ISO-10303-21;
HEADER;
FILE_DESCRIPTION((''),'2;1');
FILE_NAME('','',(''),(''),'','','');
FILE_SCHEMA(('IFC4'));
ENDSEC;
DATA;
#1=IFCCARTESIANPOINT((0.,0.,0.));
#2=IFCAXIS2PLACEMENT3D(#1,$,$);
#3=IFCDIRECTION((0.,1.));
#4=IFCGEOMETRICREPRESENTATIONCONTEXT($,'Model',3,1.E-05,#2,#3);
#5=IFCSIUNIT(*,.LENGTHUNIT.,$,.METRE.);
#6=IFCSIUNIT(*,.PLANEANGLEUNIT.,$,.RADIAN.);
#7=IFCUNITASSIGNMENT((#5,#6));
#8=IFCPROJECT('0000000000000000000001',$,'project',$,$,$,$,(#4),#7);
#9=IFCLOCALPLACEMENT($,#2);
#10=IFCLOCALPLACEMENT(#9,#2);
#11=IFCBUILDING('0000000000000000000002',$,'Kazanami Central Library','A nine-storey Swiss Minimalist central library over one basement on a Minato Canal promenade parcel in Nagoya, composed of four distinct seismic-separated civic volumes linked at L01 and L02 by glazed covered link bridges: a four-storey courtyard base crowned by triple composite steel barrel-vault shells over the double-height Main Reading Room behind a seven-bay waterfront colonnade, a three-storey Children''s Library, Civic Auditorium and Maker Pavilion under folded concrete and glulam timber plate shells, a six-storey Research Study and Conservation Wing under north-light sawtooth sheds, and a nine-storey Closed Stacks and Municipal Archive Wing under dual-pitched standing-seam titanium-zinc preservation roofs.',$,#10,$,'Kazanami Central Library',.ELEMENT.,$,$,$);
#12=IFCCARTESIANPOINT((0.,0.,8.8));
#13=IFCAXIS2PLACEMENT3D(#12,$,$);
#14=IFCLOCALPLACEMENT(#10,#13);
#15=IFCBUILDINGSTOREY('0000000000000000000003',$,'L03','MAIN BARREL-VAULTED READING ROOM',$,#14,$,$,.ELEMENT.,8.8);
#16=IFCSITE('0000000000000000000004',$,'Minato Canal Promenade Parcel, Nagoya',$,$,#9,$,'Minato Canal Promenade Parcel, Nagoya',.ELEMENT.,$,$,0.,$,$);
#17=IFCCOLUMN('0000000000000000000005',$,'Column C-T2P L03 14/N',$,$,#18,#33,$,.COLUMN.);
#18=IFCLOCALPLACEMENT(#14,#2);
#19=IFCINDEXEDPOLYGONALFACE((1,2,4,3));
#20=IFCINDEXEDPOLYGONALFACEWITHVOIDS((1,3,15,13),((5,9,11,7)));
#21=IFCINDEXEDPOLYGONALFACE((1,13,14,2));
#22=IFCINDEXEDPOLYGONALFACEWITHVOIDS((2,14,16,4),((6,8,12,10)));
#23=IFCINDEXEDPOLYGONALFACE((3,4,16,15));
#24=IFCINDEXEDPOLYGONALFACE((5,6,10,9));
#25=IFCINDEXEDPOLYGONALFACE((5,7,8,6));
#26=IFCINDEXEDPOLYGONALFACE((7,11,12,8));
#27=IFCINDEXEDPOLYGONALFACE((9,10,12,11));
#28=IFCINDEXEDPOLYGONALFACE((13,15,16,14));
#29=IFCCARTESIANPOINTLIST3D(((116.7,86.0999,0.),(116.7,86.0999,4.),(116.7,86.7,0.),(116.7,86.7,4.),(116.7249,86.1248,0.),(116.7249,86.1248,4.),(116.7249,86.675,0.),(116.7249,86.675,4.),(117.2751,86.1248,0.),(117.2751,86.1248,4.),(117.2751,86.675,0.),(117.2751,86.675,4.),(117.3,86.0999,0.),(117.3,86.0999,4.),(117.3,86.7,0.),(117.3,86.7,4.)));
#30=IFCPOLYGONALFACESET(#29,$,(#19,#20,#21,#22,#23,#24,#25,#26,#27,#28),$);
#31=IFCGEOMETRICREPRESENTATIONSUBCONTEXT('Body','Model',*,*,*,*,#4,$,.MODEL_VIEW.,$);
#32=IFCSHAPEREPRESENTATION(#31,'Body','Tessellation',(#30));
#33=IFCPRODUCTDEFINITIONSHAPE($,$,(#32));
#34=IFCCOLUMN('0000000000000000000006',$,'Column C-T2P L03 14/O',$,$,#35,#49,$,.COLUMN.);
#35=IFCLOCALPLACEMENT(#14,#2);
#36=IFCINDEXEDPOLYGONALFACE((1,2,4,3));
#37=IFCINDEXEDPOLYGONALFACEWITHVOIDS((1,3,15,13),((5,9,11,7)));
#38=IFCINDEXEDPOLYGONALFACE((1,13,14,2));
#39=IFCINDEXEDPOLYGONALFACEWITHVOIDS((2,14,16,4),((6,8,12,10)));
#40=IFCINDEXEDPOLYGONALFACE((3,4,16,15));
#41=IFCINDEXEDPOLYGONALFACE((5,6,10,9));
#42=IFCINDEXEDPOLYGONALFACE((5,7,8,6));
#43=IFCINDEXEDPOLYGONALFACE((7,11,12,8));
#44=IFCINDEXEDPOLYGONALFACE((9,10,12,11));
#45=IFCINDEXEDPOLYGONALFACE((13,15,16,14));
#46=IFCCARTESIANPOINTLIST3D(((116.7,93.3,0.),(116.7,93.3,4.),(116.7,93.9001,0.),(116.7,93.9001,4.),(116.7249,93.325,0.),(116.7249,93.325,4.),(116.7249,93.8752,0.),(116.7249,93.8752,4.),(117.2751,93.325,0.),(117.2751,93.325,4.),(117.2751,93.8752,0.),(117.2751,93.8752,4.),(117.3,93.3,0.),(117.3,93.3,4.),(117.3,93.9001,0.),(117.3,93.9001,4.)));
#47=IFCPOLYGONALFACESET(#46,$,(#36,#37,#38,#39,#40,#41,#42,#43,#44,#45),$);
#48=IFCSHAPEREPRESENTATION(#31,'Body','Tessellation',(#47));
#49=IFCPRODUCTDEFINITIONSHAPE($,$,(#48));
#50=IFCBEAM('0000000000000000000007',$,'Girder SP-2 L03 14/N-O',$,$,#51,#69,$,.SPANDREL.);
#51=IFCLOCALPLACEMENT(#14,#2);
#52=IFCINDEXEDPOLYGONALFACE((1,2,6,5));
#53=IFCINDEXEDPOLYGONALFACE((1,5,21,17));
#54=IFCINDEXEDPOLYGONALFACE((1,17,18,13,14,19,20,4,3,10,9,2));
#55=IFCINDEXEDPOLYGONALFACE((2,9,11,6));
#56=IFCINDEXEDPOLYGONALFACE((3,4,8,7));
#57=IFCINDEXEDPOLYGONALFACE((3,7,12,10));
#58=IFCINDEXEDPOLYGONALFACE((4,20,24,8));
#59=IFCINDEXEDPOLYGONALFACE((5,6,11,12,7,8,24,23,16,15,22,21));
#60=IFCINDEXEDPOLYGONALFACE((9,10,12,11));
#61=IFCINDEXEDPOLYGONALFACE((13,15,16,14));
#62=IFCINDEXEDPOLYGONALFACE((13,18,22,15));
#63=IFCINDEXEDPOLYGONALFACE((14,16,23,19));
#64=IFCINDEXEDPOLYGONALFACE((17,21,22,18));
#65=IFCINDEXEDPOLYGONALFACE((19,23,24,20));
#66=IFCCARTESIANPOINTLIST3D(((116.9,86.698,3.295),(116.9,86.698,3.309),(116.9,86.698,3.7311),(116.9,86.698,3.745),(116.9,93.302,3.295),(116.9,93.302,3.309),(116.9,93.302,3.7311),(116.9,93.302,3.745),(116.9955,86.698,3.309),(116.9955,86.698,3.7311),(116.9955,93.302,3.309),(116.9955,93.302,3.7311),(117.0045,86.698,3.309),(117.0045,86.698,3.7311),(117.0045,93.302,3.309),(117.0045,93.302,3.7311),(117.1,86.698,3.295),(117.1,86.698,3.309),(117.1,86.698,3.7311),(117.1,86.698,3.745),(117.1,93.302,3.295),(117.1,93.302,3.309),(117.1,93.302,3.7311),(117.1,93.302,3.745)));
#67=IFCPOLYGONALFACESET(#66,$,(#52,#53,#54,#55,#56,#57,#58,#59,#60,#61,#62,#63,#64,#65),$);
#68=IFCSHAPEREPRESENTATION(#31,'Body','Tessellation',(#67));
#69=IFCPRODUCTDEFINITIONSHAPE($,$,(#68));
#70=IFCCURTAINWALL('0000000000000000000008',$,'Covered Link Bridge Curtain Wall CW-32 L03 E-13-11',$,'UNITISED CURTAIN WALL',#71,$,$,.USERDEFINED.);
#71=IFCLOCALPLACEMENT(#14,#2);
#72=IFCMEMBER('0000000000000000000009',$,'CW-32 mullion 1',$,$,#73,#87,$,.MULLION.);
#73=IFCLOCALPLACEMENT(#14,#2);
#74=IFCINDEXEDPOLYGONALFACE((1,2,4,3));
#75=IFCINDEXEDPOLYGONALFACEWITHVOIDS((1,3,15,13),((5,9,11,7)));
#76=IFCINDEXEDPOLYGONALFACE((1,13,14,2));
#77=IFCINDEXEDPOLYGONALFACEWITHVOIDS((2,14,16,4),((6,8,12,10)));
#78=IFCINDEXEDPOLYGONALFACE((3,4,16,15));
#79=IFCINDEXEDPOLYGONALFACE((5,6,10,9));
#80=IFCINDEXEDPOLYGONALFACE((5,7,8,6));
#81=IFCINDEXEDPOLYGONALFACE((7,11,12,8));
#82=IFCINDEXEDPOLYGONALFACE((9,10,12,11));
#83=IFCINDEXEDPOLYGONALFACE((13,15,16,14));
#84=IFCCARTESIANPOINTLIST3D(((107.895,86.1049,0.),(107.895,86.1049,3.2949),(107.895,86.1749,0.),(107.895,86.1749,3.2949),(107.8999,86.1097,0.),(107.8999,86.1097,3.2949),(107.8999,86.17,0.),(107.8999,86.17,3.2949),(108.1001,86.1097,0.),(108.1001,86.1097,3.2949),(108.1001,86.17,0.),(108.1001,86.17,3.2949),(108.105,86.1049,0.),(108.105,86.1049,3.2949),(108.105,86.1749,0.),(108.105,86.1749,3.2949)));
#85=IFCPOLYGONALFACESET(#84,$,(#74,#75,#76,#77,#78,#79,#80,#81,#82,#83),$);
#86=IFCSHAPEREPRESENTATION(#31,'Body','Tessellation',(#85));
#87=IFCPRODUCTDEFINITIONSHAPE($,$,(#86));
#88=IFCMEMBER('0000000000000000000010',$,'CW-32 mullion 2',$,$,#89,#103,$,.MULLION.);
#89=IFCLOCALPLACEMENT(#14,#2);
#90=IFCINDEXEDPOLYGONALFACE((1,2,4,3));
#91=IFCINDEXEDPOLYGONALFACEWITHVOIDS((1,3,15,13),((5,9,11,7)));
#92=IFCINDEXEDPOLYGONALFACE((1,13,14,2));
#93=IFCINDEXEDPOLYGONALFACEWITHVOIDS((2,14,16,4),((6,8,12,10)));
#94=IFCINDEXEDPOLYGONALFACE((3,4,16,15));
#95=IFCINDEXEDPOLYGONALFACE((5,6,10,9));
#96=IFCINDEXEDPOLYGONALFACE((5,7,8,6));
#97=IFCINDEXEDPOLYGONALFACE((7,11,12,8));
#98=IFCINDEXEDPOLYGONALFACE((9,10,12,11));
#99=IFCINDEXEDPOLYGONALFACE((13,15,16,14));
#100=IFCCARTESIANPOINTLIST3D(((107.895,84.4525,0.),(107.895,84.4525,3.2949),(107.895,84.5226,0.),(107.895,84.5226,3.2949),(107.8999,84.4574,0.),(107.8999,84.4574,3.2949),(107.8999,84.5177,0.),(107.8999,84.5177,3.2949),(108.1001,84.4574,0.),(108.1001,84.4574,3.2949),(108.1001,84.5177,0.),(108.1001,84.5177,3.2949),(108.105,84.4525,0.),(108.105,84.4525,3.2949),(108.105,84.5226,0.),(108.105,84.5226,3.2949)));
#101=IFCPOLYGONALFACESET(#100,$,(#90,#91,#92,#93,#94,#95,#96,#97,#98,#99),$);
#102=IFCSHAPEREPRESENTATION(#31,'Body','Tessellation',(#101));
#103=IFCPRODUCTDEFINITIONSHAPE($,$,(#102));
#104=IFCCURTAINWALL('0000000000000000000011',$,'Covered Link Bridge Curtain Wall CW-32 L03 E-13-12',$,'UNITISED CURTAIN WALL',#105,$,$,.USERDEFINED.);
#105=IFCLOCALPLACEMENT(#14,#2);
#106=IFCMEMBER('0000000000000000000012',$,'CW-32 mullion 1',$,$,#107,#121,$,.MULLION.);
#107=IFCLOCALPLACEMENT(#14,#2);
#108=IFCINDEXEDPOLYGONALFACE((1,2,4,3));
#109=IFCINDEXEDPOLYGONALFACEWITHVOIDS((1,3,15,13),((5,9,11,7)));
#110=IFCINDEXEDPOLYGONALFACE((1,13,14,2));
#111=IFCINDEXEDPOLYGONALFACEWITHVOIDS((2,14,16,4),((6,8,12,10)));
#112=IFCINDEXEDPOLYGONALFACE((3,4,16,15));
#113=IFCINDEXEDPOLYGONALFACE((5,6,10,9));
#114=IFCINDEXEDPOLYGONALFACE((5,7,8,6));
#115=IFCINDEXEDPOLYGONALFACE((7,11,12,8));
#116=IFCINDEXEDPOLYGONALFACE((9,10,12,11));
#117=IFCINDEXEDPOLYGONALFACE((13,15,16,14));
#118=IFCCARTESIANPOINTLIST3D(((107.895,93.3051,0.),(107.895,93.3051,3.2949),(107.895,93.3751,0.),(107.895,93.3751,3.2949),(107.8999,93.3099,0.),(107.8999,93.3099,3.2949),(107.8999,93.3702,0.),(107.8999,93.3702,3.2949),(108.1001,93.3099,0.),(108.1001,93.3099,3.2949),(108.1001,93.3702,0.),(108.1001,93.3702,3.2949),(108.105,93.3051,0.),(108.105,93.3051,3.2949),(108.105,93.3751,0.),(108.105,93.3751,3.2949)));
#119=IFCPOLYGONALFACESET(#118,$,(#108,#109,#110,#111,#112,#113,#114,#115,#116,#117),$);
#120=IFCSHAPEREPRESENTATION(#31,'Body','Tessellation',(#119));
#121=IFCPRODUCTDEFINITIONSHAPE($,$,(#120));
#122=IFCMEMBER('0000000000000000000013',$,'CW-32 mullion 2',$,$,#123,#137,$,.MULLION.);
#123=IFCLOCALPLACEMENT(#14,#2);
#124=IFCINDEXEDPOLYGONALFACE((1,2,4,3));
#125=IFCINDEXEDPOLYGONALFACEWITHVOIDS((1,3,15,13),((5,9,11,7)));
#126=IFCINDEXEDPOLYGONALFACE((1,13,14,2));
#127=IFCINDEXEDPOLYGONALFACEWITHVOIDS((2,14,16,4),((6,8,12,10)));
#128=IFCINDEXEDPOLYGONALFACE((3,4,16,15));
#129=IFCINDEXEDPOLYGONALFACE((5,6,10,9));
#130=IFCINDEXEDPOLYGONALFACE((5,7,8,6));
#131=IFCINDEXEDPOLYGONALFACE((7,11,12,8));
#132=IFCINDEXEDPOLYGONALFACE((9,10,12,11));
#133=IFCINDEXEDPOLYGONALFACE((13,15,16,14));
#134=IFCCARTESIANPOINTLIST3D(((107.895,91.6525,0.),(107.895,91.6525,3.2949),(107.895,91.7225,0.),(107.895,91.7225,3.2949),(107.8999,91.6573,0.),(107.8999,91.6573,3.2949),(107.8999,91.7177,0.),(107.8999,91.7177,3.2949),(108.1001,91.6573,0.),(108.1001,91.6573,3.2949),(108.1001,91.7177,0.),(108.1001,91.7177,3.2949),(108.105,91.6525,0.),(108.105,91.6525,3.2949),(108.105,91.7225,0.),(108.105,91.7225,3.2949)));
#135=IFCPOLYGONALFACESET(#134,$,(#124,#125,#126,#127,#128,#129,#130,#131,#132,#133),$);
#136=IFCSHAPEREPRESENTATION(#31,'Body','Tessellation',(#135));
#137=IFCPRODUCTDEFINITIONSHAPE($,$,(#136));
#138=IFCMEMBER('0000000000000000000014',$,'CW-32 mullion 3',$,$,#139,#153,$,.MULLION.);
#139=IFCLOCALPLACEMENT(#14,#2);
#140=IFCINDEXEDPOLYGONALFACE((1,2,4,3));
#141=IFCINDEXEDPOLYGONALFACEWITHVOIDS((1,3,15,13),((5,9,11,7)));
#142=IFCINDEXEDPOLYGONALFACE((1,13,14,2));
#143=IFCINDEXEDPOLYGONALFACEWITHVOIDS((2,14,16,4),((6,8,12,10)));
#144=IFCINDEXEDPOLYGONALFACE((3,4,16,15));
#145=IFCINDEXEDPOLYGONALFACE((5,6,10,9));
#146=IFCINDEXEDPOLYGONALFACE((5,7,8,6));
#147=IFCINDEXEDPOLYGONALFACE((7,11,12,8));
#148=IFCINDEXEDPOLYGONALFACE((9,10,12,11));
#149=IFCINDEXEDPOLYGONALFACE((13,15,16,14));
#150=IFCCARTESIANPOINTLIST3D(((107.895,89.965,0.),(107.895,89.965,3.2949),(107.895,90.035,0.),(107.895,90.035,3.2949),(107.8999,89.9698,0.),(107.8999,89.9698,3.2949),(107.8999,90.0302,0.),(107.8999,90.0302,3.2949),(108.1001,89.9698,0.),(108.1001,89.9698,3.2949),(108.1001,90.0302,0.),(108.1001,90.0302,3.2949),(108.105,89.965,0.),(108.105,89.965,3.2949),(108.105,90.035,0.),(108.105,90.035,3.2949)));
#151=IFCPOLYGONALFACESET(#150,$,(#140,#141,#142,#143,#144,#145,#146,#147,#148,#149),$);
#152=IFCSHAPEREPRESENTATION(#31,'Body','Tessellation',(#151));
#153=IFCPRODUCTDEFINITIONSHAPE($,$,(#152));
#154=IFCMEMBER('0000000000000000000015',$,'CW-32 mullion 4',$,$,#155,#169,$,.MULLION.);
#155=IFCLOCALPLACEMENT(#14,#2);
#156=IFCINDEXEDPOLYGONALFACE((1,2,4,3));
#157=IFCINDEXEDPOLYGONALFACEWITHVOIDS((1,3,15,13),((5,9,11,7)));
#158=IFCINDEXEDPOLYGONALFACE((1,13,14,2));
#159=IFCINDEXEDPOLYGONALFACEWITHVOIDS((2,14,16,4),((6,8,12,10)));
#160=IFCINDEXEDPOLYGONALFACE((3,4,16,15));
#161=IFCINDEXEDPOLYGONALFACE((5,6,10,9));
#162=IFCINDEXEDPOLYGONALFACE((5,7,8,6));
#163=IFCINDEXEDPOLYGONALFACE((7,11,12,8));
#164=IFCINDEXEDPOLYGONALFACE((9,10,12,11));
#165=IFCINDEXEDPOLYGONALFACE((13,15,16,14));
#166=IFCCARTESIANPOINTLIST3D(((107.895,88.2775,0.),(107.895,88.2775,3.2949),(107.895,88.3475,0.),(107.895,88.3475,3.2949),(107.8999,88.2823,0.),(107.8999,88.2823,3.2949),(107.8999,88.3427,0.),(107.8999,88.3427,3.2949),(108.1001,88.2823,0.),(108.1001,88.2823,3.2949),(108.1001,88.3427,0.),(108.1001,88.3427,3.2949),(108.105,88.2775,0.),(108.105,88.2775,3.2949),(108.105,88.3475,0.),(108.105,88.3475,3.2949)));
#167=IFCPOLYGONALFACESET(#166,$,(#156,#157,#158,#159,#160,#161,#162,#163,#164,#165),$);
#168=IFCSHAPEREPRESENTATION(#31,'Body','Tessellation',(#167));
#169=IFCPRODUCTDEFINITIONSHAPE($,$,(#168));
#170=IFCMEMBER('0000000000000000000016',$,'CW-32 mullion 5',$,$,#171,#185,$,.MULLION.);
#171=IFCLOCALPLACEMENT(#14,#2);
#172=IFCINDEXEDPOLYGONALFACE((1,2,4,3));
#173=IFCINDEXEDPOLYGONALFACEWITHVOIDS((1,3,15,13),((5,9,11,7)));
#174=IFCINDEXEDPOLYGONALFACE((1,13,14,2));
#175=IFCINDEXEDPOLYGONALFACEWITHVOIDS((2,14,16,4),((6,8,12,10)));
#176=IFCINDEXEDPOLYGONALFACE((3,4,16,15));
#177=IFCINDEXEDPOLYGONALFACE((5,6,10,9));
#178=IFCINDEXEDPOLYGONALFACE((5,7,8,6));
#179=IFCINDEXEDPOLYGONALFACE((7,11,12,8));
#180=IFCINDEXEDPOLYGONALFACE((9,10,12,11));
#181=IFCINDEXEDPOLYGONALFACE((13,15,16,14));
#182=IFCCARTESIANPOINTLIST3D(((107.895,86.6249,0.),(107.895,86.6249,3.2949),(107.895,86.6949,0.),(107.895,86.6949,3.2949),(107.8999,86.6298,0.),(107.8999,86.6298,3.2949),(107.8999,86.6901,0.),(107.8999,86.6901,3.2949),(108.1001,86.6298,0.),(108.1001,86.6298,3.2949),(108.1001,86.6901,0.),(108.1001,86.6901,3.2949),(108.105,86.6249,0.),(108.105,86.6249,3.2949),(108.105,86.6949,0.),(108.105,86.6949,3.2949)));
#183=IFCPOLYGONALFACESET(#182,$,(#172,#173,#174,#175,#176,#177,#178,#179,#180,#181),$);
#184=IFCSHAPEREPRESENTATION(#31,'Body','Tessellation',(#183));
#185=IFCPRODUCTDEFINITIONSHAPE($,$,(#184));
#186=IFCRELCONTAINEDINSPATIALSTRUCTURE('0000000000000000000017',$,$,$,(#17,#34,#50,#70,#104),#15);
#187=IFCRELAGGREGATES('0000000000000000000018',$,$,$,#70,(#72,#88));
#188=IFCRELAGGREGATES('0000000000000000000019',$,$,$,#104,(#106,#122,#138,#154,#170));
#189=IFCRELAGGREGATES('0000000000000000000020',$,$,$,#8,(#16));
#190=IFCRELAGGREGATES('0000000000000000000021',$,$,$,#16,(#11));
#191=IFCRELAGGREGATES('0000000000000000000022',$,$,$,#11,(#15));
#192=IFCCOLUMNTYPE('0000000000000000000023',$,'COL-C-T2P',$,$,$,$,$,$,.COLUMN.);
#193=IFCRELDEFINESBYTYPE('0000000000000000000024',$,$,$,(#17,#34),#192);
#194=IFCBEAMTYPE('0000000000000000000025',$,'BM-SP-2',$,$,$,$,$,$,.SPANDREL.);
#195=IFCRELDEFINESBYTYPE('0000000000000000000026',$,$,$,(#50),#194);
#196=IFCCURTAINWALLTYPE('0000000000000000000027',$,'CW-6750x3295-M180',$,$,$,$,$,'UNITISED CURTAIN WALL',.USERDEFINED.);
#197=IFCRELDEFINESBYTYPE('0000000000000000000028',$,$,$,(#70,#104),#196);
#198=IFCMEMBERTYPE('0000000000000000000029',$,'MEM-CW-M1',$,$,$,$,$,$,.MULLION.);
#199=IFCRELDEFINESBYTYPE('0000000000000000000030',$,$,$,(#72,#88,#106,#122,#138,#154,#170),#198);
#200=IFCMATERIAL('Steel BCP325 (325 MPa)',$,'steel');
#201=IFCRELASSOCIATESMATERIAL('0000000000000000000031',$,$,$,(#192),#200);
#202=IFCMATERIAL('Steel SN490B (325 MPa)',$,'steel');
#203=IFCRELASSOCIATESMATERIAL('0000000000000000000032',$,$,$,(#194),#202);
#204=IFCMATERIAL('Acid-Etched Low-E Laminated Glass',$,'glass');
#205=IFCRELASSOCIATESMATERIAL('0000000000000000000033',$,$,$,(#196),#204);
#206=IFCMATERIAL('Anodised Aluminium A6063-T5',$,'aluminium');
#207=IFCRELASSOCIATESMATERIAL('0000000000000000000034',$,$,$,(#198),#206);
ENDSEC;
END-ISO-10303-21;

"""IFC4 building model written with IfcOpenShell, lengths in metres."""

from ifc_helpers import new_model, si_unit, direction, frame, origin, origin_2d, place, context, subcontext, project, spatial, hollow_rectangle, i_section, extrude, material, material_profile, profile_set, type_object, element, aggregate, save


model = new_model("IFC4")

# Units and contexts
model_context = context("Model", 3, precision=1e-05, world=origin(), true_north=direction((0.0, 1.0)))
body_context = subcontext(model_context, "Body", "Model", "MODEL_VIEW")
ifc_project = project(units=[si_unit("LENGTHUNIT", "METRE"), si_unit("PLANEANGLEUNIT", "RADIAN")], contexts=[model_context])

# Site, building, storey
site_placement = place(None, origin())
site = spatial("IfcSite", under=ifc_project, at=site_placement, Name="Minato Canal Promenade Parcel, Nagoya", LongName="Minato Canal Promenade Parcel, Nagoya", CompositionType="ELEMENT", RefElevation=0.0)
building_placement = place(site_placement, origin())
building = spatial("IfcBuilding", under=site, at=building_placement, Name="Kazanami Central Library", Description="A nine-storey Swiss Minimalist central library over one basement on a Minato Canal promenade parcel in Nagoya, composed of four distinct seismic-separated civic volumes linked at L01 and L02 by glazed covered link bridges: a four-storey courtyard base crowned by triple composite steel barrel-vault shells over the double-height Main Reading Room behind a seven-bay waterfront colonnade, a three-storey Children's Library, Civic Auditorium and Maker Pavilion under folded concrete and glulam timber plate shells, a six-storey Research Study and Conservation Wing under north-light sawtooth sheds, and a nine-storey Closed Stacks and Municipal Archive Wing under dual-pitched standing-seam titanium-zinc preservation roofs.", LongName="Kazanami Central Library", CompositionType="ELEMENT")
storey_placement = place(building_placement, frame((0.0, 0.0, 8.8)))
storey = spatial("IfcBuildingStorey", under=building, at=storey_placement, Name="L03", Description="MAIN BARREL-VAULTED READING ROOM", CompositionType="ELEMENT", Elevation=8.8)

# Columns
ifc_material_1 = material(Name="Steel BCP325 (325 MPa)", Category="steel")
ifc_material_profile_1 = material_profile(ifc_material_1, hollow_rectangle(XDim=0.6001, YDim=0.6001, WallThickness=0.0249, at=origin_2d()), Name="BCP-600x600x25")
ifc_profile_set_1 = profile_set([ifc_material_profile_1], Name="Steel BCP325 (325 MPa)")
column_type = type_object("IfcColumnType", Name="COL-C-T2P", PredefinedType="COLUMN", material=ifc_profile_set_1)
for number, where, z_axis, x_axis, name in (
    (1, (117.0, 86.3999, 0.0), (0.0, 0.0, 1.0), (1.0, 0.0, 0.0), "Column C-T2P L03 14/N"),
    (2, (117.0, 93.6001, 0.0), (0.0, 0.0, 1.0), (1.0, 0.0, 0.0), "Column C-T2P L03 14/O"),
):
    element("IfcColumn", number, at=place(storey_placement, frame(where, z_axis=z_axis, x_axis=x_axis)), inside=storey, type_object=column_type, Name=name, PredefinedType="COLUMN", context=body_context, shape_type="SweptSolid", body=[
        extrude(hollow_rectangle(XDim=0.6001, YDim=0.6001, WallThickness=0.0249, at=origin_2d()), origin(), (0.0, 0.0, 1.0), 4.0),
    ])

# Beam
ifc_material_2 = material(Name="Steel SN490B (325 MPa)", Category="steel")
ifc_material_profile_2 = material_profile(ifc_material_2, i_section(OverallWidth=0.2, OverallDepth=0.45, WebThickness=0.009, FlangeThickness=0.0139, at=origin_2d()), Name="H-450x200x9x14")
ifc_profile_set_2 = profile_set([ifc_material_profile_2], Name="Steel SN490B (325 MPa)")
beam_type = type_object("IfcBeamType", Name="BM-SP-2", PredefinedType="SPANDREL", material=ifc_profile_set_2)
beam_placement = place(storey_placement, frame((117.0, 86.698, 3.52), z_axis=(0.0, 1.0, 0.0), x_axis=(-1.0, 0.0, 0.0)))
element("IfcBeam", 3, at=beam_placement, inside=storey, type_object=beam_type, Name="Girder SP-2 L03 14/N-O", PredefinedType="SPANDREL", context=body_context, shape_type="SweptSolid", body=[
    extrude(i_section(OverallWidth=0.2, OverallDepth=0.45, WebThickness=0.009, FlangeThickness=0.0139, at=origin_2d()), origin(), (0.0, 0.0, 1.0), 6.604),
])

# Curtain walls, members
ifc_material_3 = material(Name="Acid-Etched Low-E Laminated Glass", Category="glass")
curtain_wall_type_1 = type_object("IfcCurtainWallType", Name="CW-6750x3295-M180", ElementType="UNITISED CURTAIN WALL", PredefinedType="USERDEFINED", material=ifc_material_3)
curtain_wall_1_placement = place(storey_placement, origin())
curtain_wall_1 = element("IfcCurtainWall", 4, at=curtain_wall_1_placement, inside=storey, type_object=curtain_wall_type_1, Name="Covered Link Bridge Curtain Wall CW-32 L03 E-13-11", ObjectType="UNITISED CURTAIN WALL", PredefinedType="USERDEFINED")
ifc_material_4 = material(Name="Anodised Aluminium A6063-T5", Category="aluminium")
ifc_material_profile_3 = material_profile(ifc_material_4, hollow_rectangle(XDim=0.0701, YDim=0.21, WallThickness=0.0049, at=origin_2d()), Name="ALU-MULL-70x210x5")
ifc_profile_set_3 = profile_set([ifc_material_profile_3], Name="Anodised Aluminium A6063-T5")
member_type_1 = type_object("IfcMemberType", Name="MEM-CW-M1", PredefinedType="MULLION", material=ifc_profile_set_3)
member_1_placement = place(storey_placement, frame((108.0, 86.1399, 0.0), z_axis=(0.0, 0.0, 1.0), x_axis=(0.0, -1.0, 0.0)))
member_1 = element("IfcMember", 5, at=member_1_placement, type_object=member_type_1, Name="CW-32 mullion 1", PredefinedType="MULLION", context=body_context, shape_type="SweptSolid", body=[
    extrude(hollow_rectangle(XDim=0.0701, YDim=0.21, WallThickness=0.0049, at=origin_2d()), origin(), (0.0, 0.0, 1.0), 3.2949),
])
member_2_placement = place(storey_placement, frame((108.0, 84.4875, 0.0), z_axis=(0.0, 0.0, 1.0), x_axis=(0.0, -1.0, 0.0)))
member_2 = element("IfcMember", 6, at=member_2_placement, type_object=member_type_1, Name="CW-32 mullion 2", PredefinedType="MULLION", context=body_context, shape_type="SweptSolid", body=[
    extrude(hollow_rectangle(XDim=0.0701, YDim=0.21, WallThickness=0.0049, at=origin_2d()), origin(), (0.0, 0.0, 1.0), 3.2949),
])
curtain_wall_2_placement = place(storey_placement, origin())
curtain_wall_2 = element("IfcCurtainWall", 7, at=curtain_wall_2_placement, inside=storey, type_object=curtain_wall_type_1, Name="Covered Link Bridge Curtain Wall CW-32 L03 E-13-12", ObjectType="UNITISED CURTAIN WALL", PredefinedType="USERDEFINED")
member_3_placement = place(storey_placement, frame((108.0, 93.3401, 0.0), z_axis=(0.0, 0.0, 1.0), x_axis=(0.0, -1.0, 0.0)))
member_3 = element("IfcMember", 8, at=member_3_placement, type_object=member_type_1, Name="CW-32 mullion 1", PredefinedType="MULLION", context=body_context, shape_type="SweptSolid", body=[
    extrude(hollow_rectangle(XDim=0.0701, YDim=0.21, WallThickness=0.0049, at=origin_2d()), origin(), (0.0, 0.0, 1.0), 3.2949),
])
member_4_placement = place(storey_placement, frame((108.0, 91.6875, 0.0), z_axis=(0.0, 0.0, 1.0), x_axis=(0.0, -1.0, 0.0)))
member_4 = element("IfcMember", 9, at=member_4_placement, type_object=member_type_1, Name="CW-32 mullion 2", PredefinedType="MULLION", context=body_context, shape_type="SweptSolid", body=[
    extrude(hollow_rectangle(XDim=0.0701, YDim=0.21, WallThickness=0.0049, at=origin_2d()), origin(), (0.0, 0.0, 1.0), 3.2949),
])
member_5_placement = place(storey_placement, frame((108.0, 90.0, 0.0), z_axis=(0.0, 0.0, 1.0), x_axis=(0.0, -1.0, 0.0)))
member_5 = element("IfcMember", 10, at=member_5_placement, type_object=member_type_1, Name="CW-32 mullion 3", PredefinedType="MULLION", context=body_context, shape_type="SweptSolid", body=[
    extrude(hollow_rectangle(XDim=0.0701, YDim=0.21, WallThickness=0.0049, at=origin_2d()), origin(), (0.0, 0.0, 1.0), 3.2949),
])
member_6_placement = place(storey_placement, frame((108.0, 88.3125, 0.0), z_axis=(0.0, 0.0, 1.0), x_axis=(0.0, -1.0, 0.0)))
member_6 = element("IfcMember", 11, at=member_6_placement, type_object=member_type_1, Name="CW-32 mullion 4", PredefinedType="MULLION", context=body_context, shape_type="SweptSolid", body=[
    extrude(hollow_rectangle(XDim=0.0701, YDim=0.21, WallThickness=0.0049, at=origin_2d()), origin(), (0.0, 0.0, 1.0), 3.2949),
])
member_7_placement = place(storey_placement, frame((108.0, 86.6599, 0.0), z_axis=(0.0, 0.0, 1.0), x_axis=(0.0, -1.0, 0.0)))
member_7 = element("IfcMember", 12, at=member_7_placement, type_object=member_type_1, Name="CW-32 mullion 5", PredefinedType="MULLION", context=body_context, shape_type="SweptSolid", body=[
    extrude(hollow_rectangle(XDim=0.0701, YDim=0.21, WallThickness=0.0049, at=origin_2d()), origin(), (0.0, 0.0, 1.0), 3.2949),
])

aggregate(curtain_wall_1, [member_1, member_2])
aggregate(curtain_wall_2, [member_3, member_4, member_5, member_6, member_7])

save(model, "model.ifc")
